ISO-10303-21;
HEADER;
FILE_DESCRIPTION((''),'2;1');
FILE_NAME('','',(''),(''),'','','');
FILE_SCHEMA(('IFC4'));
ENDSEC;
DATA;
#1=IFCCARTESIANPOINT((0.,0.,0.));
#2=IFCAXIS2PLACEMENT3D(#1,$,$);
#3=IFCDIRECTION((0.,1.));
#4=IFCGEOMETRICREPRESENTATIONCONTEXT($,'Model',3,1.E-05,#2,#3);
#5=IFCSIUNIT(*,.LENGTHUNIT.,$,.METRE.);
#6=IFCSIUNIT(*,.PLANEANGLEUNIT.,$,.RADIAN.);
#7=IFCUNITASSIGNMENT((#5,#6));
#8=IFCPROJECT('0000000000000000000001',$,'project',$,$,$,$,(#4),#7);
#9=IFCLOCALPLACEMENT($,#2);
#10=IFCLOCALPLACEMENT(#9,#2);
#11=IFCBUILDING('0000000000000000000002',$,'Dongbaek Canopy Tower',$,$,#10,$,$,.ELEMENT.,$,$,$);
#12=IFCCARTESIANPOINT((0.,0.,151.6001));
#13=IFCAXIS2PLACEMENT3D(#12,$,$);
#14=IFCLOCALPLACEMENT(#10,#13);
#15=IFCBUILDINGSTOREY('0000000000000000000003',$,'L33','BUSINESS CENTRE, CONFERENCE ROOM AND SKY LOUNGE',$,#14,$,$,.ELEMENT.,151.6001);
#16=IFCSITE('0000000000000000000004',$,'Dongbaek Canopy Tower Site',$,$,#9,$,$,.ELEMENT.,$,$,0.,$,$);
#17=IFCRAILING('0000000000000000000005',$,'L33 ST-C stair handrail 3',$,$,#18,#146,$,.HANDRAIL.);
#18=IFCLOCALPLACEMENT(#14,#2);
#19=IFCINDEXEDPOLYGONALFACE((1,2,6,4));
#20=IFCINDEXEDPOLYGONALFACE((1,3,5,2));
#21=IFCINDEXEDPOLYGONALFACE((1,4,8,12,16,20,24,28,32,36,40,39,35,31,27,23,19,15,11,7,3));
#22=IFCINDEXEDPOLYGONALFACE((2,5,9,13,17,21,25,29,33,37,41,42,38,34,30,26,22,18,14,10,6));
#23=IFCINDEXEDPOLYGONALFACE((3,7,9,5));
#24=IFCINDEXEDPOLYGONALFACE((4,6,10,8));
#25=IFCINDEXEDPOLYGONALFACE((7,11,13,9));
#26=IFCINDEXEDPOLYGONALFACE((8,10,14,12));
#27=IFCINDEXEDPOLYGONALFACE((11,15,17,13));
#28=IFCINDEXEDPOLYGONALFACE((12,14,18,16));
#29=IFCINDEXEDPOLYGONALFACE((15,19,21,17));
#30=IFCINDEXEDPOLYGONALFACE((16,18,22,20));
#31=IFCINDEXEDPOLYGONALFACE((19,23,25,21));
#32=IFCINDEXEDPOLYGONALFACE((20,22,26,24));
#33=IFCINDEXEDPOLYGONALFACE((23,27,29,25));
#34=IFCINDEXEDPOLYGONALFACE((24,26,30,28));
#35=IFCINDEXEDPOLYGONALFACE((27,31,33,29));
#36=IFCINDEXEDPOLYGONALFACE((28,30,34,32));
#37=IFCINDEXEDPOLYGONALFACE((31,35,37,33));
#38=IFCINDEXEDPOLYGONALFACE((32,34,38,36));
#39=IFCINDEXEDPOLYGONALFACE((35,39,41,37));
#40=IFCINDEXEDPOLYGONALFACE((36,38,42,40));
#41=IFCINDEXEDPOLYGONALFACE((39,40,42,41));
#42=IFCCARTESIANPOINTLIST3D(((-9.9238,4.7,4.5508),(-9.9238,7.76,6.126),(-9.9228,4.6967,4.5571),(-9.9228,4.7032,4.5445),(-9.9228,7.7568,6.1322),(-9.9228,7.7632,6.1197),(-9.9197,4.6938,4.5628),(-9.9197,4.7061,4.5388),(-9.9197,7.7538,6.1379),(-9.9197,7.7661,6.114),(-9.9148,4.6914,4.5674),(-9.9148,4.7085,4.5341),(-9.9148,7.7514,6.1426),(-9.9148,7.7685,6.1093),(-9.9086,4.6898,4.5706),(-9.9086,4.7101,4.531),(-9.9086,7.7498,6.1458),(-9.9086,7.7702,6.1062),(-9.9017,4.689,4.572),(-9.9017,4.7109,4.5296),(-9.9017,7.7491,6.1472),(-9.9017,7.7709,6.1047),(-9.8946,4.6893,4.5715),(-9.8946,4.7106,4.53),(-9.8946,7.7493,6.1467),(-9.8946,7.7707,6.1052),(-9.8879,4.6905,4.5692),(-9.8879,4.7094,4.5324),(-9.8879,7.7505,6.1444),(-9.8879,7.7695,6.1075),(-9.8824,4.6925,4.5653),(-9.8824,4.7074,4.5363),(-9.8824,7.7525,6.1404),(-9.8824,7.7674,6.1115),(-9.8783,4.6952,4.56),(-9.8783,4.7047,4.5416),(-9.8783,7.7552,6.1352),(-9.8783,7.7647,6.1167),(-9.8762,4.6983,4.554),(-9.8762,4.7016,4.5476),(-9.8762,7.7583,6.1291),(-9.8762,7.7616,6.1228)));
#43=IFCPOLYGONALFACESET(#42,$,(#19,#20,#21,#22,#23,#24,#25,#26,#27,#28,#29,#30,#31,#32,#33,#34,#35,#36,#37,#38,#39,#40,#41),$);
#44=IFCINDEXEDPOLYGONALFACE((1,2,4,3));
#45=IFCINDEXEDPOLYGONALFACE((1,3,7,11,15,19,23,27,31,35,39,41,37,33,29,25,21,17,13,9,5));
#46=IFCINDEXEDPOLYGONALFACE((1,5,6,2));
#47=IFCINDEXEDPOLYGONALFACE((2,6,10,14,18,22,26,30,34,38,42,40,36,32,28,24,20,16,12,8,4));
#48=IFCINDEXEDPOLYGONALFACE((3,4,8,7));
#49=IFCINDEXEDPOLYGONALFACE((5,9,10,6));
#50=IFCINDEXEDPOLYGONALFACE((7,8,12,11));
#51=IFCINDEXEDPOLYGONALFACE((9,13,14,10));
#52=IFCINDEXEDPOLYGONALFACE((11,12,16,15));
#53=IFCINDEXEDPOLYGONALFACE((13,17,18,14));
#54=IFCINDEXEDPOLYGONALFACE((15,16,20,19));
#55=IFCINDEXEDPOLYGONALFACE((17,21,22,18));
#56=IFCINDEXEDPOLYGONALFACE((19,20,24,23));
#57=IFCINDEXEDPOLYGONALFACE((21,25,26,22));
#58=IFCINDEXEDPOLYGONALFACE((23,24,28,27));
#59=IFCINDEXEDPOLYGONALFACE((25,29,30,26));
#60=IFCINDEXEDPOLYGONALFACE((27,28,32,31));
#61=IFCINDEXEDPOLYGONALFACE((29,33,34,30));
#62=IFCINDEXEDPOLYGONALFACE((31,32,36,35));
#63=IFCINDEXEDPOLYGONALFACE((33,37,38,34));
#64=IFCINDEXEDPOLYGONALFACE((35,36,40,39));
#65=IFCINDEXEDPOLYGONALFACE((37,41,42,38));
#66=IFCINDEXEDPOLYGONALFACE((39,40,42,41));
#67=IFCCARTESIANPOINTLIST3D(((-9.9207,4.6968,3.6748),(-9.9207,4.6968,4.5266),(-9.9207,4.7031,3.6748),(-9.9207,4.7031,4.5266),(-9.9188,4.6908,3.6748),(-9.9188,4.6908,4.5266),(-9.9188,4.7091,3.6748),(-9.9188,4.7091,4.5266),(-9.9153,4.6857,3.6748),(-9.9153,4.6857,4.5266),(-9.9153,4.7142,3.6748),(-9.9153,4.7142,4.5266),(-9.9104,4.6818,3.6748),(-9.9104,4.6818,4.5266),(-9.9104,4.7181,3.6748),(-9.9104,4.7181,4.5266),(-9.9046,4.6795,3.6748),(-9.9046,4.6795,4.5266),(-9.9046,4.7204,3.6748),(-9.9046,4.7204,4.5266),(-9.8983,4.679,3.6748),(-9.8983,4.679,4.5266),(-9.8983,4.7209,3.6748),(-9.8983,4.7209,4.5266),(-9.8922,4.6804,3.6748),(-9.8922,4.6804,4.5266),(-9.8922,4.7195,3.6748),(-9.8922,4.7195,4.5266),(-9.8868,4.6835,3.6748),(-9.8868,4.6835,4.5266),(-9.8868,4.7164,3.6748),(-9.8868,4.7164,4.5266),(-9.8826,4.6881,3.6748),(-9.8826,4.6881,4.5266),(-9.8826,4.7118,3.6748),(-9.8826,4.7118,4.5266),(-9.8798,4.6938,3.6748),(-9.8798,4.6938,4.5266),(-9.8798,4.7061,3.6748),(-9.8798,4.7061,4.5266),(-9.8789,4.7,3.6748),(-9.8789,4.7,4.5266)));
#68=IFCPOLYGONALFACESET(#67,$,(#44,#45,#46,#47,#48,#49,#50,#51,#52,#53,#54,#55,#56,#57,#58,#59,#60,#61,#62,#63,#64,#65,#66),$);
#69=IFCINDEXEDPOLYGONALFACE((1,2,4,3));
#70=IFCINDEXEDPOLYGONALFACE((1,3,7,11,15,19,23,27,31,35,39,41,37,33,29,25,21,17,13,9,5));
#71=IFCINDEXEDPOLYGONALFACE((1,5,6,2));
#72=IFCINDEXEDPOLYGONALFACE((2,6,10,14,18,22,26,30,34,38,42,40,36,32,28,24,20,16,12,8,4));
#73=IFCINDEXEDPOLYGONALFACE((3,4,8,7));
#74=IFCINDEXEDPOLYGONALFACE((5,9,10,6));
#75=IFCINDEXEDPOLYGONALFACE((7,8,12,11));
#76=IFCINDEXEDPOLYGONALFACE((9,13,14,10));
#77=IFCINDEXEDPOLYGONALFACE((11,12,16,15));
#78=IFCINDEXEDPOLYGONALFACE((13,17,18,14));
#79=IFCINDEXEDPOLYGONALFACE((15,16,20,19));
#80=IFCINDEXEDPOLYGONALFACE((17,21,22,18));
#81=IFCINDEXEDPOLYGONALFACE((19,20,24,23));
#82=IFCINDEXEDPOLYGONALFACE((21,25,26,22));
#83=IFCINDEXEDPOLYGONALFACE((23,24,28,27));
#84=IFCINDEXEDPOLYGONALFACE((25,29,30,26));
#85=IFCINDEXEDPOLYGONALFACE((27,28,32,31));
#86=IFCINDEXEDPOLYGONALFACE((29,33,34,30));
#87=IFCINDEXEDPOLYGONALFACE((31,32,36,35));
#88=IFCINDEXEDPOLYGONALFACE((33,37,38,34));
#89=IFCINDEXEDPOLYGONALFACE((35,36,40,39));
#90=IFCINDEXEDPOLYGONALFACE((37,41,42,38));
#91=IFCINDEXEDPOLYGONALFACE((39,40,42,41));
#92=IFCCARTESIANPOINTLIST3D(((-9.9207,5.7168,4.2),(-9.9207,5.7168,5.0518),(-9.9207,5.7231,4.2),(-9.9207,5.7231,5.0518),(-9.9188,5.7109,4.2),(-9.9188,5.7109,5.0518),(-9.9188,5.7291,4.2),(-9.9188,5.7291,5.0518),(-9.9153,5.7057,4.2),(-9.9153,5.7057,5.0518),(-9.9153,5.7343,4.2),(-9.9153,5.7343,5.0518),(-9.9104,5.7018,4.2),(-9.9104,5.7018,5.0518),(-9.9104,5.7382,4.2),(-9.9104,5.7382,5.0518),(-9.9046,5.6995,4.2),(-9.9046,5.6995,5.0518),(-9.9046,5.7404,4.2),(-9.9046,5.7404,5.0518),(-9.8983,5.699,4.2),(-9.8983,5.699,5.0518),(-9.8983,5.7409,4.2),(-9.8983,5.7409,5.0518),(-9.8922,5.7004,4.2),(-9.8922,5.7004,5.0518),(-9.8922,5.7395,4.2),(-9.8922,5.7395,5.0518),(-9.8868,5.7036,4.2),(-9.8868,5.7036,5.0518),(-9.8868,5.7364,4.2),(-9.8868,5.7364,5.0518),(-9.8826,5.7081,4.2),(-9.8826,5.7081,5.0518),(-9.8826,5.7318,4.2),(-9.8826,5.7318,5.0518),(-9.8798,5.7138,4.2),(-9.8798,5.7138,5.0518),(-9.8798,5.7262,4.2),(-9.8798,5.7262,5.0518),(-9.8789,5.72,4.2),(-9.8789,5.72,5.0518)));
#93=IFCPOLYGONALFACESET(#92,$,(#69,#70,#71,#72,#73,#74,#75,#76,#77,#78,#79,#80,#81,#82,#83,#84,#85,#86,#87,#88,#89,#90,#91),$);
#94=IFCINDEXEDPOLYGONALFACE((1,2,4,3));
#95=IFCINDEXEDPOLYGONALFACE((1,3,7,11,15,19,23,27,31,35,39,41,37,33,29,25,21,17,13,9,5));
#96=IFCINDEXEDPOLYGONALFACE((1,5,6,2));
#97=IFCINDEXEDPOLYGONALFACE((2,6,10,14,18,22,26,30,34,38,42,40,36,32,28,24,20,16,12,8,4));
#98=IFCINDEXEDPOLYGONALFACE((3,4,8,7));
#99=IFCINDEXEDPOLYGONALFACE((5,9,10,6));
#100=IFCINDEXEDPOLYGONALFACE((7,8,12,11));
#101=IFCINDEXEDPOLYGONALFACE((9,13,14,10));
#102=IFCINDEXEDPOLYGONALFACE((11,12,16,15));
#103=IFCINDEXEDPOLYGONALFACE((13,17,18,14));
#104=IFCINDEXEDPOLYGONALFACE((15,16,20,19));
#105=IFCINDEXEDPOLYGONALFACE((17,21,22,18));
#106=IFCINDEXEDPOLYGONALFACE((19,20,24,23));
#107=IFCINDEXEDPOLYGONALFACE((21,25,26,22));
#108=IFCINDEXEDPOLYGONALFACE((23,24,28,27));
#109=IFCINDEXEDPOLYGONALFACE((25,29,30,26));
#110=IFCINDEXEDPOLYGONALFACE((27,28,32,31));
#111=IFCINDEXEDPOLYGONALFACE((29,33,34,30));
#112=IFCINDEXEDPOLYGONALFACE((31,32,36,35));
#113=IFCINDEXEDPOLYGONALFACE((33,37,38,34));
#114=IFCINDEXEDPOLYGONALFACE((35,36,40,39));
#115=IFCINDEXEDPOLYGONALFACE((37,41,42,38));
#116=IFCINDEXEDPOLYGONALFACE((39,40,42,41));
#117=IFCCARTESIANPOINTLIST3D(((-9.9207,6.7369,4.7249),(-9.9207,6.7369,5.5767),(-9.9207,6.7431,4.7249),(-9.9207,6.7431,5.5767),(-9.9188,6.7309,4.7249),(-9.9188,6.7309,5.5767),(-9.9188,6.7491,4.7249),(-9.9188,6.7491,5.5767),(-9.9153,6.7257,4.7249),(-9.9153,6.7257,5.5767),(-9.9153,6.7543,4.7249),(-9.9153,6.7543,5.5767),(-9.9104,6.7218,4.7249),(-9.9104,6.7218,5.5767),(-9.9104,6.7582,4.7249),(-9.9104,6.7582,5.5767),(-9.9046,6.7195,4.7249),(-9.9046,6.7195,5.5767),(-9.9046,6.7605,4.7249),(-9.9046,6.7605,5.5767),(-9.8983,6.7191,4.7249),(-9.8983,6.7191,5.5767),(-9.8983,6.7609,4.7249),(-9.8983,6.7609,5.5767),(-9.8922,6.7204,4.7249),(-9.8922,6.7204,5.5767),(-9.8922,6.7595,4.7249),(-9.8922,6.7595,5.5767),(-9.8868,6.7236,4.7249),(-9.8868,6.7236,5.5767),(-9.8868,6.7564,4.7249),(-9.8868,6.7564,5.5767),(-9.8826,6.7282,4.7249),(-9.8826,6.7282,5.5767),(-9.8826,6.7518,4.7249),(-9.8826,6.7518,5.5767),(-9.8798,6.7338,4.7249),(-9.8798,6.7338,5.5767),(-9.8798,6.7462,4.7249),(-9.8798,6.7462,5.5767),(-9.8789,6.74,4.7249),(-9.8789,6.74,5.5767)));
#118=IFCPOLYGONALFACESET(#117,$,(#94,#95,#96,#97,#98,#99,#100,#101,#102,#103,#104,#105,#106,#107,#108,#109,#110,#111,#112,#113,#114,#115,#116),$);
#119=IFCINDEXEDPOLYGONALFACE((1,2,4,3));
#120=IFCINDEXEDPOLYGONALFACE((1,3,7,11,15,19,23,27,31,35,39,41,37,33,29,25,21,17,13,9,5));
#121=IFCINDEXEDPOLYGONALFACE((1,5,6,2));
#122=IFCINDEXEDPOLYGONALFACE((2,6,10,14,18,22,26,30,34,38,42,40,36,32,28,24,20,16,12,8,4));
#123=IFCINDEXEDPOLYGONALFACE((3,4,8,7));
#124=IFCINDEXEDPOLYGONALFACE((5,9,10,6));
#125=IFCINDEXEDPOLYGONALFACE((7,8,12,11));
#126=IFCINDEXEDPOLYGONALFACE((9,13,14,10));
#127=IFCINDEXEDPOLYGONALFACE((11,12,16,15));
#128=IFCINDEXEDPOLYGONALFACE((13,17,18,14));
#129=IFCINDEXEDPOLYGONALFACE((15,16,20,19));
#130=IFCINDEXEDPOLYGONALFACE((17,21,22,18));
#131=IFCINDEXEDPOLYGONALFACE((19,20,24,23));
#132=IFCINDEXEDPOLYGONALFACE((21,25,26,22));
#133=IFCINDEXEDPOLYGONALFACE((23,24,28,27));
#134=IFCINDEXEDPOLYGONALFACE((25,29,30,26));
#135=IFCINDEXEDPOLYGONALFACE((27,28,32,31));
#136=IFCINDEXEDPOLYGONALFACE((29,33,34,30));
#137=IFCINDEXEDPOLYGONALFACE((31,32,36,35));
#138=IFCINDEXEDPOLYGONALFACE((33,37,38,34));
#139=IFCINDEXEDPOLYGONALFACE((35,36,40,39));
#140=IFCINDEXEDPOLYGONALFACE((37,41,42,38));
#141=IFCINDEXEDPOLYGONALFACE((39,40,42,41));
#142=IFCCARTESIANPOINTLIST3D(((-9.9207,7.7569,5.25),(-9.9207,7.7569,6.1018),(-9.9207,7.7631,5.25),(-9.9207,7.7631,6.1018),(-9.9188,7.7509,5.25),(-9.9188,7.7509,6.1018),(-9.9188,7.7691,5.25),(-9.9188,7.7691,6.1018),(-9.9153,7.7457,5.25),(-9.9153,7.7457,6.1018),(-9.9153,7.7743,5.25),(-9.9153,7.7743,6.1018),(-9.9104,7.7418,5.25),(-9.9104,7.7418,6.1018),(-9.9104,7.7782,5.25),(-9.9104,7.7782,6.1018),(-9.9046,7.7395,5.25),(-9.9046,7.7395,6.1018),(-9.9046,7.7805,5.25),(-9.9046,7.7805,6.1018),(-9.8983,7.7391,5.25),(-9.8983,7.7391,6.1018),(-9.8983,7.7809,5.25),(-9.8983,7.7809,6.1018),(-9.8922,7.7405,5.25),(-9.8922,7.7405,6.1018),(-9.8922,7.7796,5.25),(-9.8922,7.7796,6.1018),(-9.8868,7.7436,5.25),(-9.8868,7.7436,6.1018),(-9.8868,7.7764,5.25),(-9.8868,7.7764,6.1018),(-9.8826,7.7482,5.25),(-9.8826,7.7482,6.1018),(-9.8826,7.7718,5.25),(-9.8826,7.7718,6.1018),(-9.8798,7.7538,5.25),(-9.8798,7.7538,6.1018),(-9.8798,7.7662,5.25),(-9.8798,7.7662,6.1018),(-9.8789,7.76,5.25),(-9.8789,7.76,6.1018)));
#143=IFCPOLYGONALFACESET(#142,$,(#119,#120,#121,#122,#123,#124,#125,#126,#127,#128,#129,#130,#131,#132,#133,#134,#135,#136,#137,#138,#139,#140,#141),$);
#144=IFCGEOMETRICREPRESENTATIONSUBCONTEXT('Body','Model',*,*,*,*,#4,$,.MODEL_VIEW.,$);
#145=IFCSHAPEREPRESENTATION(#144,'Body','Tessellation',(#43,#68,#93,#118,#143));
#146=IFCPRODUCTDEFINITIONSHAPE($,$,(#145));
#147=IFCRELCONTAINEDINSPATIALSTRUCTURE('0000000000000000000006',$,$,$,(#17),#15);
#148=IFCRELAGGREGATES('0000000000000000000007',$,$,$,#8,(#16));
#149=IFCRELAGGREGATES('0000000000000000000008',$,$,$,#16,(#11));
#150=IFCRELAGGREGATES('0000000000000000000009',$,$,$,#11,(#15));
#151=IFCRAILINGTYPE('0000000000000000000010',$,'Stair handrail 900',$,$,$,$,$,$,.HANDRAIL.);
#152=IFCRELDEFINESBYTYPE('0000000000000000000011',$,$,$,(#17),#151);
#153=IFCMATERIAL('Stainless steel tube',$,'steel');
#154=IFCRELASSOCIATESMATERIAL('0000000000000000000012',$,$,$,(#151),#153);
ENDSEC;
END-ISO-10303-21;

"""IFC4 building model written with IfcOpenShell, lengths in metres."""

from ifc_helpers import new_model, si_unit, direction, frame, origin, origin_2d, place, context, subcontext, project, spatial, circle, extrude, material, type_object, element, save


model = new_model("IFC4")

# Units and contexts
model_context = context("Model", 3, precision=1e-05, world=origin(), true_north=direction((0.0, 1.0)))
body_context = subcontext(model_context, "Body", "Model", "MODEL_VIEW")
ifc_project = project(units=[si_unit("LENGTHUNIT", "METRE"), si_unit("PLANEANGLEUNIT", "RADIAN")], contexts=[model_context])

# Site, building, storey
site_placement = place(None, origin())
site = spatial("IfcSite", under=ifc_project, at=site_placement, Name="Dongbaek Canopy Tower Site", CompositionType="ELEMENT", RefElevation=0.0)
building_placement = place(site_placement, origin())
building = spatial("IfcBuilding", under=site, at=building_placement, Name="Dongbaek Canopy Tower", CompositionType="ELEMENT")
storey_placement = place(building_placement, frame((0.0, 0.0, 151.6001)))
storey = spatial("IfcBuildingStorey", under=building, at=storey_placement, Name="L33", Description="BUSINESS CENTRE, CONFERENCE ROOM AND SKY LOUNGE", CompositionType="ELEMENT", Elevation=151.6001)

# Railing
ifc_material_1 = material(Name="Stainless steel tube", Category="steel")
railing_type_1 = type_object("IfcRailingType", Name="Stair handrail 900", PredefinedType="HANDRAIL", material=ifc_material_1)
for number, where, name in (
    (1, (-9.8999, 4.7, 3.6748), "L33 ST-C stair handrail 3"),
):
    element("IfcRailing", number, at=place(storey_placement, frame(where)), inside=storey, type_object=railing_type_1, Name=name, PredefinedType="HANDRAIL", context=body_context, shape_type="SweptSolid", body=[
        extrude(circle(Radius=0.0239, at=origin_2d()), frame((0.0, 0.0, 0.876), z_axis=(0.0, 0.889116, 0.457681), x_axis=(-1.0, 0.0, 0.0)), (0.0, 0.0, 1.0), 3.4417),
        extrude(circle(Radius=0.021, at=origin_2d()), origin(), (0.0, 0.0, 1.0), 0.8518),
        extrude(circle(Radius=0.021, at=origin_2d()), frame((0.0, 1.02, 0.5251)), (0.0, 0.0, 1.0), 0.8518),
        extrude(circle(Radius=0.021, at=origin_2d()), frame((0.0, 2.04, 1.05)), (0.0, 0.0, 1.0), 0.8518),
        extrude(circle(Radius=0.021, at=origin_2d()), frame((0.0, 3.0601, 1.5752)), (0.0, 0.0, 1.0), 0.8518),
    ])

save(model, "model.ifc")
